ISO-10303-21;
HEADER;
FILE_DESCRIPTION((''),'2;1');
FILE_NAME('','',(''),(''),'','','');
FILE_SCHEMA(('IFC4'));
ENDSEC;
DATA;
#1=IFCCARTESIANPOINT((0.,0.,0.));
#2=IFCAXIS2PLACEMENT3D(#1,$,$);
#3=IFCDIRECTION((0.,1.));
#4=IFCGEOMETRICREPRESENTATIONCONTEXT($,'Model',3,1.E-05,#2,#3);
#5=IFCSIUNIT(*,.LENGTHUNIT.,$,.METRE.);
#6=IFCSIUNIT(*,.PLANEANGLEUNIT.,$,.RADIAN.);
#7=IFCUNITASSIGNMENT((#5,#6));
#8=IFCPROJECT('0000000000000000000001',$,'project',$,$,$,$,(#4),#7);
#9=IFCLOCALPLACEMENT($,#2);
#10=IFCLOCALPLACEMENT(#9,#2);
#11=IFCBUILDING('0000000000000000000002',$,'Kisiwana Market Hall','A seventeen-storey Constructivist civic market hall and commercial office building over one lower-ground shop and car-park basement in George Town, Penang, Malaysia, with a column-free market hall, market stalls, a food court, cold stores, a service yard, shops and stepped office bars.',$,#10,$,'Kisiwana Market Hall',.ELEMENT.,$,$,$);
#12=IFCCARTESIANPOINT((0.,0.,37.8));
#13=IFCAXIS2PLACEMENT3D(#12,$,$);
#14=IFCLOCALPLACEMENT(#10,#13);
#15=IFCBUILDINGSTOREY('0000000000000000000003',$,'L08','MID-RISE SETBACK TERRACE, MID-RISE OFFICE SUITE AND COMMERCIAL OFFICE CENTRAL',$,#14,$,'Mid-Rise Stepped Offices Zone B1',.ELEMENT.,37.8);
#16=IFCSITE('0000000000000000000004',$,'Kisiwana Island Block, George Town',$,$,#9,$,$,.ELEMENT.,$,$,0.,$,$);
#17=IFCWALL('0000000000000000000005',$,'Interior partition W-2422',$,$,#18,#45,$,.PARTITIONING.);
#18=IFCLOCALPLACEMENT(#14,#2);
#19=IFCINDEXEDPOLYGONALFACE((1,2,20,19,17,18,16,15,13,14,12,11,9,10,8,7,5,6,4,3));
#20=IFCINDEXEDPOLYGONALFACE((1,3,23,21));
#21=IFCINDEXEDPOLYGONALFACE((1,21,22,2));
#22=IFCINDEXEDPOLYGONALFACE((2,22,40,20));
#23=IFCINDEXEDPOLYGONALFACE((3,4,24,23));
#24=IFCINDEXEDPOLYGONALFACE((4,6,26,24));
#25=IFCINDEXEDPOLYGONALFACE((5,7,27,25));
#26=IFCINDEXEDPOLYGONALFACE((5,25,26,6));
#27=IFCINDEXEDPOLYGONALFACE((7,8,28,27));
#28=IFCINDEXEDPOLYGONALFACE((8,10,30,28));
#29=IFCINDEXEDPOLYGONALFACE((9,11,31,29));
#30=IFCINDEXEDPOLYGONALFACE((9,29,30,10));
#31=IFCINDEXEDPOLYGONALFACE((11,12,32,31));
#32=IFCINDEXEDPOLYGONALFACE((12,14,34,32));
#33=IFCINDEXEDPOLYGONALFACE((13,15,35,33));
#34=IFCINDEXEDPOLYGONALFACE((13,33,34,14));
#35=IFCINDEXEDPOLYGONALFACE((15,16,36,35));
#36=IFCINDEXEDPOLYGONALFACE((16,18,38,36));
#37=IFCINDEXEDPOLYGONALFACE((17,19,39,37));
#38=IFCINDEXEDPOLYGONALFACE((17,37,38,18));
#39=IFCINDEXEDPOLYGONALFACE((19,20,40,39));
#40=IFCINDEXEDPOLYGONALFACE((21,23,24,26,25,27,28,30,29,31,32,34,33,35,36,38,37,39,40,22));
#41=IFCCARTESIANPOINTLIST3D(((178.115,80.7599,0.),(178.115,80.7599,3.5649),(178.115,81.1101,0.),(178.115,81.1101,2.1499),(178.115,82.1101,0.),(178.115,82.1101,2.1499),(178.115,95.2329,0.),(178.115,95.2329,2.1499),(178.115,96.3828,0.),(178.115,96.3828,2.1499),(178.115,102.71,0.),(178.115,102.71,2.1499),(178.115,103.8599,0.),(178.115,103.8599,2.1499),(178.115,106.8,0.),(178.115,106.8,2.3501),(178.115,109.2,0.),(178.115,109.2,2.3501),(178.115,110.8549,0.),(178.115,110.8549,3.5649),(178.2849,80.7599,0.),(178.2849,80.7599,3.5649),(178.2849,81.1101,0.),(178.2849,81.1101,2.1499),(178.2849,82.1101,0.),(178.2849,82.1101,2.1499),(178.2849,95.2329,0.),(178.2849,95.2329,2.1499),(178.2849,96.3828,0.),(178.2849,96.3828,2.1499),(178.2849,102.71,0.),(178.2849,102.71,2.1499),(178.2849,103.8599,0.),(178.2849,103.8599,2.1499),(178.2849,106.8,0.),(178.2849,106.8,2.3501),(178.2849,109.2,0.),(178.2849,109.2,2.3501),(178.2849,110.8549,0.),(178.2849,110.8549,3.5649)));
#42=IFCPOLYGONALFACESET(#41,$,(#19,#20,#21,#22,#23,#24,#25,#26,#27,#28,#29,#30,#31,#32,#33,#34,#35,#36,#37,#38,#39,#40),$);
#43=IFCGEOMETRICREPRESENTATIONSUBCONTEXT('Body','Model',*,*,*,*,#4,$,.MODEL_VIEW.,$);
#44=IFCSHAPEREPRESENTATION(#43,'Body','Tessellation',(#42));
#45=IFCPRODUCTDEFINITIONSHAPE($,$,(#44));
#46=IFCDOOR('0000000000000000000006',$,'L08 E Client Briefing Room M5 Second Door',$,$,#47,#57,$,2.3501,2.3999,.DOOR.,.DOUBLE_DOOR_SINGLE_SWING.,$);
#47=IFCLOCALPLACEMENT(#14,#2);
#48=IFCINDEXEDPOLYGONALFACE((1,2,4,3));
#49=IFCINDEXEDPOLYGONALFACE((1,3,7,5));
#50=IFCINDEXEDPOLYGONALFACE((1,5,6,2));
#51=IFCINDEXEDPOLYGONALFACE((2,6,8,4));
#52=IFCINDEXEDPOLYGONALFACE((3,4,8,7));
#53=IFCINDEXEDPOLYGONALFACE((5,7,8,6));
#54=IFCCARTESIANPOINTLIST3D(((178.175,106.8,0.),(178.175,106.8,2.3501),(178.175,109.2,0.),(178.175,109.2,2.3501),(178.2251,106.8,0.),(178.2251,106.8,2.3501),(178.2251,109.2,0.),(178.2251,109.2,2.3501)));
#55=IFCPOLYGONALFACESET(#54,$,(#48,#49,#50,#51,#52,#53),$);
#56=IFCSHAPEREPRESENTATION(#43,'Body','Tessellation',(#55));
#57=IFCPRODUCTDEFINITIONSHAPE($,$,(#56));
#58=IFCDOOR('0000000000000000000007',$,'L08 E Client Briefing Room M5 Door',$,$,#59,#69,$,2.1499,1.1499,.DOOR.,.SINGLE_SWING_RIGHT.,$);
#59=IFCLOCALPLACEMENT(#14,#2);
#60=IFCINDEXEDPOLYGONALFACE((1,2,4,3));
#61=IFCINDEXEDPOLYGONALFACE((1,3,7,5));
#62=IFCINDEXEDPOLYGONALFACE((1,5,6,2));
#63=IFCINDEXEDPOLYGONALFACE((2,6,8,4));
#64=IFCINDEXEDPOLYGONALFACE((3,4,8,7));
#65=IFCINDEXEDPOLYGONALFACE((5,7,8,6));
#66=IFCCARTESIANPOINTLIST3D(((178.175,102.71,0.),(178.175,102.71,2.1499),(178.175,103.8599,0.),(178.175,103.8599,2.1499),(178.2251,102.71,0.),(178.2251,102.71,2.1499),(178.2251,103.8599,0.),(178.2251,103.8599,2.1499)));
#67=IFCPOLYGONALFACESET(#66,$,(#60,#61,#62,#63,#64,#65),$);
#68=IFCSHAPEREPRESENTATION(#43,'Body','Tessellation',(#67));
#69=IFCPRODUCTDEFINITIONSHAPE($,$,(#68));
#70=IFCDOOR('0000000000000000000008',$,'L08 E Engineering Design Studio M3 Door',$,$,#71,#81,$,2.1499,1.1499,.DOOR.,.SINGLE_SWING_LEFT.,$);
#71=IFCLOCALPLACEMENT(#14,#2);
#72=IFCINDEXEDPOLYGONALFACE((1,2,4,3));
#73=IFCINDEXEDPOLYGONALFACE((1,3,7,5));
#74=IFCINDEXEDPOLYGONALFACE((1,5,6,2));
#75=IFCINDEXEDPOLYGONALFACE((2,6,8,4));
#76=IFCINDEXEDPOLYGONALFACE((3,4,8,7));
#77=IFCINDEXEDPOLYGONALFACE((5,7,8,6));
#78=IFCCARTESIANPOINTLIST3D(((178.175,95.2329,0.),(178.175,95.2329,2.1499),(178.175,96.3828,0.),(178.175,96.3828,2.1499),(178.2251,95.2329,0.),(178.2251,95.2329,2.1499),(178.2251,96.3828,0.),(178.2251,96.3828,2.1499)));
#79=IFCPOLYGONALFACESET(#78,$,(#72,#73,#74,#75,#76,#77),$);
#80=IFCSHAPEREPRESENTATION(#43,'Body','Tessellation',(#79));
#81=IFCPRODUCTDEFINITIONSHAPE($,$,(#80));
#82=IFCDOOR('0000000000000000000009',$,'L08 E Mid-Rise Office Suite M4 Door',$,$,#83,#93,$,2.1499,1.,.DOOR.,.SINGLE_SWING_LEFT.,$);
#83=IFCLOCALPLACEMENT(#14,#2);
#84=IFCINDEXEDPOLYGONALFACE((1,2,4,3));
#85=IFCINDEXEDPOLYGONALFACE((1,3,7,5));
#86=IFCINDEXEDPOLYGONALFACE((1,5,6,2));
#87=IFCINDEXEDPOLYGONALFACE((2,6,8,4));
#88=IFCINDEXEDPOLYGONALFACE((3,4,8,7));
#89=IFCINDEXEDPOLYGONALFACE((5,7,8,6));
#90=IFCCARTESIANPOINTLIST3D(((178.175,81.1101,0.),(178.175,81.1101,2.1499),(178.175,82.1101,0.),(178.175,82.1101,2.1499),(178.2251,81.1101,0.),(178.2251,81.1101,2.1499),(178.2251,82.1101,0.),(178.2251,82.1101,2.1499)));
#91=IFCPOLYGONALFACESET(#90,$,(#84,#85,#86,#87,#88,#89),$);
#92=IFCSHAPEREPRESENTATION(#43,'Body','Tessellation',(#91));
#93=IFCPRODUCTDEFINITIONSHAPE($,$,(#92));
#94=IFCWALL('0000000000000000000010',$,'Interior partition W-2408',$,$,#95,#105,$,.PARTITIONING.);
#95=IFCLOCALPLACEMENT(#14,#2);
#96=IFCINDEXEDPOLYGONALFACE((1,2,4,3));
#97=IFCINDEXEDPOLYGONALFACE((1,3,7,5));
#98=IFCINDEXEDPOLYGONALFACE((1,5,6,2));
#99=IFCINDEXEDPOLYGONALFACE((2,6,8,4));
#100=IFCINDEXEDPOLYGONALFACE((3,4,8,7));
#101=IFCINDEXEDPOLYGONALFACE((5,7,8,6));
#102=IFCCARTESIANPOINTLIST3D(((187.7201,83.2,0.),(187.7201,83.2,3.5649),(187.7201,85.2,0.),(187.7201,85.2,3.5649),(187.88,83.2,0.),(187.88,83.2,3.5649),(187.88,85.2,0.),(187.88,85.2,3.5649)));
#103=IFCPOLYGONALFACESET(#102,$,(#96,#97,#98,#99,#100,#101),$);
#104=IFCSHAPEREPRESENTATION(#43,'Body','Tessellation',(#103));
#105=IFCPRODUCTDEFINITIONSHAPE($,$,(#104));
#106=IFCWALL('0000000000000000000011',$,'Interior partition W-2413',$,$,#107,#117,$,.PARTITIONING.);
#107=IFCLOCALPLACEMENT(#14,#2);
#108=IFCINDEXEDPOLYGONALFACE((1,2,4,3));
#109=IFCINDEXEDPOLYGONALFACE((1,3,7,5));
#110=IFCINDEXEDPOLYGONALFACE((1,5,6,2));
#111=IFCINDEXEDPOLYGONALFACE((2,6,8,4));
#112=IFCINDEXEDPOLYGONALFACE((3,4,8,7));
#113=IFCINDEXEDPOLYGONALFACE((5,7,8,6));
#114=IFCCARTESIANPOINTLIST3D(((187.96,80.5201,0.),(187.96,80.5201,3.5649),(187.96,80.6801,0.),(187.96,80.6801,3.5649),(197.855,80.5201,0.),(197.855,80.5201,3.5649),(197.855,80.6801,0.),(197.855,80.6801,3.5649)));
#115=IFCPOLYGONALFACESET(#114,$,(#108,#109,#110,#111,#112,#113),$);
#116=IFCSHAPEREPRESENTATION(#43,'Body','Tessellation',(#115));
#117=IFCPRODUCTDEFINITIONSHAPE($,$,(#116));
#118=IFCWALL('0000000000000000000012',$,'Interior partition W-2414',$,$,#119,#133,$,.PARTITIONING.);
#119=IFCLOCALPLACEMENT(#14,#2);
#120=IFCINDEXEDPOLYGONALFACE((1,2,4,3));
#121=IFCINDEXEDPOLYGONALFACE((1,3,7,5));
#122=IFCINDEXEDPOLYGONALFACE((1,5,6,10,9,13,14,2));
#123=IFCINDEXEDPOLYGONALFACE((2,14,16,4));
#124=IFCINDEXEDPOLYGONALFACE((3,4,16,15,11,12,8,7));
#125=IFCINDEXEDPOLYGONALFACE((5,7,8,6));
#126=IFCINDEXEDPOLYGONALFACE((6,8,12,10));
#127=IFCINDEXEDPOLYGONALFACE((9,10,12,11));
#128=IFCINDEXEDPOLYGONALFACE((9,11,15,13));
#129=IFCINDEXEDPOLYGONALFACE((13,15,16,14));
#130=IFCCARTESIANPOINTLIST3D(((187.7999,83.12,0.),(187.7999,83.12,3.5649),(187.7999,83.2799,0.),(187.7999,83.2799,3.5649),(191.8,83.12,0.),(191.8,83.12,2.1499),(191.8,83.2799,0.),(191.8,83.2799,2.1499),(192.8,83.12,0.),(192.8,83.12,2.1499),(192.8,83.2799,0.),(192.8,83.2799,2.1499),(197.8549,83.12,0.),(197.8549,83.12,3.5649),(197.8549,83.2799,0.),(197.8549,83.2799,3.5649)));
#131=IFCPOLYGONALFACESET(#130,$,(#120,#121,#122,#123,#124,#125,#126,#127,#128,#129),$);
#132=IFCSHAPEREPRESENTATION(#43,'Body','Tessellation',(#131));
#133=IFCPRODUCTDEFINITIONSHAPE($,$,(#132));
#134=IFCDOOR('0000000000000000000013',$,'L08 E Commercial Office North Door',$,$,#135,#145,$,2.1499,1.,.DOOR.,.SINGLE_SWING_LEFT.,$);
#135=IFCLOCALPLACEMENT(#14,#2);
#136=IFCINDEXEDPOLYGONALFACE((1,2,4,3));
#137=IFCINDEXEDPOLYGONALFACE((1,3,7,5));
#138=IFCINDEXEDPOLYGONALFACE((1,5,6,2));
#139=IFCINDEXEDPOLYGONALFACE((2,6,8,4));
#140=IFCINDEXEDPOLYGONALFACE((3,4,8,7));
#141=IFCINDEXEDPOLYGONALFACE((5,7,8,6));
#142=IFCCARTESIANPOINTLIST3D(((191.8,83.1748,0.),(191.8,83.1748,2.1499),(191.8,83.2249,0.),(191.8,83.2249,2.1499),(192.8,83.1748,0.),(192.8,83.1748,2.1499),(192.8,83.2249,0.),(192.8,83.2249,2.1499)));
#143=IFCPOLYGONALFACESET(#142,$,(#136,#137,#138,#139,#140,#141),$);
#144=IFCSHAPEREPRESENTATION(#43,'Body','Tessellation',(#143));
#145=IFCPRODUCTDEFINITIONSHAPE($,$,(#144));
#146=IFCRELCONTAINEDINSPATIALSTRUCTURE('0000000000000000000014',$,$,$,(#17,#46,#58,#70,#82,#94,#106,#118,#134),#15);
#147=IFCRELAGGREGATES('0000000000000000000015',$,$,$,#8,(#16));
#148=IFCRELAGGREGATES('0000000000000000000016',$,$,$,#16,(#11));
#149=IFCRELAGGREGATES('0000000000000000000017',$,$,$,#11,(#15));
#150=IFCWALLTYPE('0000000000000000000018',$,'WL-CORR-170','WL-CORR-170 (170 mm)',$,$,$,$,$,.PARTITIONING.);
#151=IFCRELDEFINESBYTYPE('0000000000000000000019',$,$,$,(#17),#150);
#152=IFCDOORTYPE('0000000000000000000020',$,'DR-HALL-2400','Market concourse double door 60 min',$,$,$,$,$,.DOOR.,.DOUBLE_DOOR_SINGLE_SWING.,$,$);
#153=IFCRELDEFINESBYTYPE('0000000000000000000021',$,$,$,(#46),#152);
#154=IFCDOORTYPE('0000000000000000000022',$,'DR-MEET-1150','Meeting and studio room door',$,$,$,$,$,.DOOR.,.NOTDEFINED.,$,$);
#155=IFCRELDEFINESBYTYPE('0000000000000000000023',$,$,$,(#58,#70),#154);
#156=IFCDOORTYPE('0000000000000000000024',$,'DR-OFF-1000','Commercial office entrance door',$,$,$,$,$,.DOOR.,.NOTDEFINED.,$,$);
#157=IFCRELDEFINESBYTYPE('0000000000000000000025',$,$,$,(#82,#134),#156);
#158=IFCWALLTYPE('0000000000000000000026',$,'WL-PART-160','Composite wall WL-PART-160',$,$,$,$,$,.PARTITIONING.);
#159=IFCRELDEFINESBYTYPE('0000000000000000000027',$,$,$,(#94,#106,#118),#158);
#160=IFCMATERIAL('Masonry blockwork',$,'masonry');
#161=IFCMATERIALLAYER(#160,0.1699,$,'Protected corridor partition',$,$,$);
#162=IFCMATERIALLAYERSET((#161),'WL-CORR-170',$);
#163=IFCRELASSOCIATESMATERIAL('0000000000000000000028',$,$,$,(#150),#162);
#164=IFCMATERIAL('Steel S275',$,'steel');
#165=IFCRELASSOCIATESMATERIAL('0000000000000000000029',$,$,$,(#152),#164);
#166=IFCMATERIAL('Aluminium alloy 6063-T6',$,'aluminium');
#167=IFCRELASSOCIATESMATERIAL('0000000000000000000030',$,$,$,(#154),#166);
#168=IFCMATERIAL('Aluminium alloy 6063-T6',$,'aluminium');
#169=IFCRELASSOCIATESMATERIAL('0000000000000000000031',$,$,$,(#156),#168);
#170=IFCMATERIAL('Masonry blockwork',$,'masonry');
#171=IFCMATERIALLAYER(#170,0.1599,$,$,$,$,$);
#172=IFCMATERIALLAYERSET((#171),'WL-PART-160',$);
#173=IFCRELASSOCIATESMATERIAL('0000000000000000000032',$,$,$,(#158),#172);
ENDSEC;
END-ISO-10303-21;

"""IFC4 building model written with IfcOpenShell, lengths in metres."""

from ifc_helpers import new_model, si_unit, direction, frame, frame_2d, origin, place, context, subcontext, project, spatial, rectangle, extrude, material, layer, layer_set, type_object, element, fill, save


model = new_model("IFC4")

# Units and contexts
model_context = context("Model", 3, precision=1e-05, world=origin(), true_north=direction((0.0, 1.0)))
body_context = subcontext(model_context, "Body", "Model", "MODEL_VIEW")
ifc_project = project(units=[si_unit("LENGTHUNIT", "METRE"), si_unit("PLANEANGLEUNIT", "RADIAN")], contexts=[model_context])

# Site, building, storey
site_placement = place(None, origin())
site = spatial("IfcSite", under=ifc_project, at=site_placement, Name="Kisiwana Island Block, George Town", CompositionType="ELEMENT", RefElevation=0.0)
building_placement = place(site_placement, origin())
building = spatial("IfcBuilding", under=site, at=building_placement, Name="Kisiwana Market Hall", Description="A seventeen-storey Constructivist civic market hall and commercial office building over one lower-ground shop and car-park basement in George Town, Penang, Malaysia, with a column-free market hall, market stalls, a food court, cold stores, a service yard, shops and stepped office bars.", LongName="Kisiwana Market Hall", CompositionType="ELEMENT")
storey_placement = place(building_placement, frame((0.0, 0.0, 37.8)))
storey = spatial("IfcBuildingStorey", under=building, at=storey_placement, Name="L08", Description="MID-RISE SETBACK TERRACE, MID-RISE OFFICE SUITE AND COMMERCIAL OFFICE CENTRAL", LongName="Mid-Rise Stepped Offices Zone B1", CompositionType="ELEMENT", Elevation=37.8)

# Wall, openings, doors
ifc_material_1 = material(Name="Masonry blockwork", Category="masonry")
ifc_layer_1 = layer(ifc_material_1, 0.1699, Name="Protected corridor partition")
ifc_layer_set_1 = layer_set([ifc_layer_1], Name="WL-CORR-170")
wall_type_1 = type_object("IfcWallType", Name="WL-CORR-170", Description="WL-CORR-170 (170 mm)", PredefinedType="PARTITIONING", material=ifc_layer_set_1)
wall_1_placement = place(storey_placement, frame((178.2, 80.76, 0.0), z_axis=(0.0, 0.0, 1.0), x_axis=(0.0, 1.0, 0.0)))
wall_1 = element("IfcWall", 1, at=wall_1_placement, inside=storey, type_object=wall_type_1, Name="Interior partition W-2422", PredefinedType="PARTITIONING", context=body_context, shape_type="SweptSolid", body=[
    extrude(rectangle(XDim=30.095, YDim=0.1699, at=frame_2d((15.0474, 0.0))), origin(), (0.0, 0.0, 1.0), 3.5649),
])
opening_1_placement = place(wall_1_placement, frame((0.3501, 0.0, 0.0)))
opening_1 = element("IfcOpeningElement", 2, at=opening_1_placement, cuts=wall_1, PredefinedType="OPENING", context=body_context, shape_type="SweptSolid", body=[
    extrude(rectangle(XDim=1.0, YDim=2.1499, at=frame_2d((0.5, 1.075))), frame((0.0, 0.0969, 0.0), z_axis=(0.0, -1.0, 0.0), x_axis=(1.0, 0.0, 0.0)), (0.0, 0.0, 1.0), 0.1938),
])
opening_2_placement = place(wall_1_placement, frame((21.95, 0.0, 0.0)))
opening_2 = element("IfcOpeningElement", 3, at=opening_2_placement, cuts=wall_1, PredefinedType="OPENING", context=body_context, shape_type="SweptSolid", body=[
    extrude(rectangle(XDim=1.1499, YDim=2.1499, at=frame_2d((0.575, 1.075))), frame((0.0, 0.0969, 0.0), z_axis=(0.0, -1.0, 0.0), x_axis=(1.0, 0.0, 0.0)), (0.0, 0.0, 1.0), 0.1938),
])
opening_3_placement = place(wall_1_placement, frame((26.04, 0.0, 0.0)))
opening_3 = element("IfcOpeningElement", 4, at=opening_3_placement, cuts=wall_1, PredefinedType="OPENING", context=body_context, shape_type="SweptSolid", body=[
    extrude(rectangle(XDim=2.3999, YDim=2.3501, at=frame_2d((1.2, 1.175))), frame((0.0, 0.0969, 0.0), z_axis=(0.0, -1.0, 0.0), x_axis=(1.0, 0.0, 0.0)), (0.0, 0.0, 1.0), 0.1938),
])
opening_4_placement = place(wall_1_placement, frame((14.4729, 0.0, 0.0)))
opening_4 = element("IfcOpeningElement", 5, at=opening_4_placement, cuts=wall_1, PredefinedType="OPENING", context=body_context, shape_type="SweptSolid", body=[
    extrude(rectangle(XDim=1.1499, YDim=2.1499, at=frame_2d((0.575, 1.075))), frame((0.0, 0.0969, 0.0), z_axis=(0.0, -1.0, 0.0), x_axis=(1.0, 0.0, 0.0)), (0.0, 0.0, 1.0), 0.1938),
])
ifc_material_2 = material(Name="Steel S275", Category="steel")
door_type_1 = type_object("IfcDoorType", Name="DR-HALL-2400", Description="Market concourse double door 60 min", OperationType="DOUBLE_DOOR_SINGLE_SWING", PredefinedType="DOOR", material=ifc_material_2)
door_1_placement = place(opening_3_placement, origin())
door_1 = element("IfcDoor", 6, at=door_1_placement, inside=storey, type_object=door_type_1, Name="L08 E Client Briefing Room M5 Second Door", OperationType="DOUBLE_DOOR_SINGLE_SWING", OverallHeight=2.3501, OverallWidth=2.3999, PredefinedType="DOOR", context=body_context, shape_type="SweptSolid", body=[
    extrude(rectangle(XDim=2.3999, YDim=2.3501, at=frame_2d((1.2, 1.175))), frame((0.0, 0.0249, 0.0), z_axis=(0.0, -1.0, 0.0), x_axis=(1.0, 0.0, 0.0)), (0.0, 0.0, 1.0), 0.05),
])
fill(opening_3, door_1)
ifc_material_3 = material(Name="Aluminium alloy 6063-T6", Category="aluminium")
door_type_2 = type_object("IfcDoorType", Name="DR-MEET-1150", Description="Meeting and studio room door", OperationType="NOTDEFINED", PredefinedType="DOOR", material=ifc_material_3)
door_2_placement = place(opening_2_placement, origin())
door_2 = element("IfcDoor", 7, at=door_2_placement, inside=storey, type_object=door_type_2, Name="L08 E Client Briefing Room M5 Door", OperationType="SINGLE_SWING_RIGHT", OverallHeight=2.1499, OverallWidth=1.1499, PredefinedType="DOOR", context=body_context, shape_type="SweptSolid", body=[
    extrude(rectangle(XDim=1.1499, YDim=2.1499, at=frame_2d((0.575, 1.075))), frame((0.0, 0.0249, 0.0), z_axis=(0.0, -1.0, 0.0), x_axis=(1.0, 0.0, 0.0)), (0.0, 0.0, 1.0), 0.05),
])
fill(opening_2, door_2)
door_3_placement = place(opening_4_placement, origin())
door_3 = element("IfcDoor", 8, at=door_3_placement, inside=storey, type_object=door_type_2, Name="L08 E Engineering Design Studio M3 Door", OperationType="SINGLE_SWING_LEFT", OverallHeight=2.1499, OverallWidth=1.1499, PredefinedType="DOOR", context=body_context, shape_type="SweptSolid", body=[
    extrude(rectangle(XDim=1.1499, YDim=2.1499, at=frame_2d((0.575, 1.075))), frame((0.0, 0.0249, 0.0), z_axis=(0.0, -1.0, 0.0), x_axis=(1.0, 0.0, 0.0)), (0.0, 0.0, 1.0), 0.05),
])
fill(opening_4, door_3)
ifc_material_4 = material(Name="Aluminium alloy 6063-T6", Category="aluminium")
door_type_3 = type_object("IfcDoorType", Name="DR-OFF-1000", Description="Commercial office entrance door", OperationType="NOTDEFINED", PredefinedType="DOOR", material=ifc_material_4)
door_4_placement = place(opening_1_placement, origin())
door_4 = element("IfcDoor", 9, at=door_4_placement, inside=storey, type_object=door_type_3, Name="L08 E Mid-Rise Office Suite M4 Door", OperationType="SINGLE_SWING_LEFT", OverallHeight=2.1499, OverallWidth=1.0, PredefinedType="DOOR", context=body_context, shape_type="SweptSolid", body=[
    extrude(rectangle(XDim=1.0, YDim=2.1499, at=frame_2d((0.5, 1.075))), frame((0.0, 0.0249, 0.0), z_axis=(0.0, -1.0, 0.0), x_axis=(1.0, 0.0, 0.0)), (0.0, 0.0, 1.0), 0.05),
])
fill(opening_1, door_4)

# Walls
ifc_material_5 = material(Name="Masonry blockwork", Category="masonry")
ifc_layer_2 = layer(ifc_material_5, 0.1599)
ifc_layer_set_2 = layer_set([ifc_layer_2], Name="WL-PART-160")
wall_type_2 = type_object("IfcWallType", Name="WL-PART-160", Description="Composite wall WL-PART-160", PredefinedType="PARTITIONING", material=ifc_layer_set_2)
wall_2_placement = place(storey_placement, frame((187.8, 83.2, 0.0), z_axis=(0.0, 0.0, 1.0), x_axis=(0.0, 1.0, 0.0)))
element("IfcWall", 10, at=wall_2_placement, inside=storey, type_object=wall_type_2, Name="Interior partition W-2408", PredefinedType="PARTITIONING", context=body_context, shape_type="SweptSolid", body=[
    extrude(rectangle(XDim=2.0, YDim=0.1599, at=frame_2d((1.0, 0.0))), origin(), (0.0, 0.0, 1.0), 3.5649),
])
wall_3_placement = place(storey_placement, frame((187.96, 80.6001, 0.0), z_axis=(0.0, 0.0, 1.0), x_axis=(1.0, 0.0, 0.0)))
element("IfcWall", 11, at=wall_3_placement, inside=storey, type_object=wall_type_2, Name="Interior partition W-2413", PredefinedType="PARTITIONING", context=body_context, shape_type="SweptSolid", body=[
    extrude(rectangle(XDim=9.895, YDim=0.1599, at=frame_2d((4.9475, 0.0))), origin(), (0.0, 0.0, 1.0), 3.5649),
])

# Wall, opening, door
wall_4_placement = place(storey_placement, frame((187.8, 83.2, 0.0), z_axis=(0.0, 0.0, 1.0), x_axis=(1.0, 0.0, 0.0)))
wall_4 = element("IfcWall", 12, at=wall_4_placement, inside=storey, type_object=wall_type_2, Name="Interior partition W-2414", PredefinedType="PARTITIONING", context=body_context, shape_type="SweptSolid", body=[
    extrude(rectangle(XDim=10.0549, YDim=0.1599, at=frame_2d((5.0273, 0.0))), origin(), (0.0, 0.0, 1.0), 3.5649),
])
opening_5_placement = place(wall_4_placement, frame((4.0, 0.0, 0.0)))
opening_5 = element("IfcOpeningElement", 13, at=opening_5_placement, cuts=wall_4, PredefinedType="OPENING", context=body_context, shape_type="SweptSolid", body=[
    extrude(rectangle(XDim=1.0, YDim=2.1499, at=frame_2d((0.5, 1.075))), frame((0.0, 0.0918, 0.0), z_axis=(0.0, -1.0, 0.0), x_axis=(1.0, 0.0, 0.0)), (0.0, 0.0, 1.0), 0.1838),
])
door_5_placement = place(opening_5_placement, origin())
door_5 = element("IfcDoor", 14, at=door_5_placement, inside=storey, type_object=door_type_3, Name="L08 E Commercial Office North Door", OperationType="SINGLE_SWING_LEFT", OverallHeight=2.1499, OverallWidth=1.0, PredefinedType="DOOR", context=body_context, shape_type="SweptSolid", body=[
    extrude(rectangle(XDim=1.0, YDim=2.1499, at=frame_2d((0.5, 1.075))), frame((0.0, 0.0249, 0.0), z_axis=(0.0, -1.0, 0.0), x_axis=(1.0, 0.0, 0.0)), (0.0, 0.0, 1.0), 0.05),
])
fill(opening_5, door_5)

save(model, "model.ifc")
